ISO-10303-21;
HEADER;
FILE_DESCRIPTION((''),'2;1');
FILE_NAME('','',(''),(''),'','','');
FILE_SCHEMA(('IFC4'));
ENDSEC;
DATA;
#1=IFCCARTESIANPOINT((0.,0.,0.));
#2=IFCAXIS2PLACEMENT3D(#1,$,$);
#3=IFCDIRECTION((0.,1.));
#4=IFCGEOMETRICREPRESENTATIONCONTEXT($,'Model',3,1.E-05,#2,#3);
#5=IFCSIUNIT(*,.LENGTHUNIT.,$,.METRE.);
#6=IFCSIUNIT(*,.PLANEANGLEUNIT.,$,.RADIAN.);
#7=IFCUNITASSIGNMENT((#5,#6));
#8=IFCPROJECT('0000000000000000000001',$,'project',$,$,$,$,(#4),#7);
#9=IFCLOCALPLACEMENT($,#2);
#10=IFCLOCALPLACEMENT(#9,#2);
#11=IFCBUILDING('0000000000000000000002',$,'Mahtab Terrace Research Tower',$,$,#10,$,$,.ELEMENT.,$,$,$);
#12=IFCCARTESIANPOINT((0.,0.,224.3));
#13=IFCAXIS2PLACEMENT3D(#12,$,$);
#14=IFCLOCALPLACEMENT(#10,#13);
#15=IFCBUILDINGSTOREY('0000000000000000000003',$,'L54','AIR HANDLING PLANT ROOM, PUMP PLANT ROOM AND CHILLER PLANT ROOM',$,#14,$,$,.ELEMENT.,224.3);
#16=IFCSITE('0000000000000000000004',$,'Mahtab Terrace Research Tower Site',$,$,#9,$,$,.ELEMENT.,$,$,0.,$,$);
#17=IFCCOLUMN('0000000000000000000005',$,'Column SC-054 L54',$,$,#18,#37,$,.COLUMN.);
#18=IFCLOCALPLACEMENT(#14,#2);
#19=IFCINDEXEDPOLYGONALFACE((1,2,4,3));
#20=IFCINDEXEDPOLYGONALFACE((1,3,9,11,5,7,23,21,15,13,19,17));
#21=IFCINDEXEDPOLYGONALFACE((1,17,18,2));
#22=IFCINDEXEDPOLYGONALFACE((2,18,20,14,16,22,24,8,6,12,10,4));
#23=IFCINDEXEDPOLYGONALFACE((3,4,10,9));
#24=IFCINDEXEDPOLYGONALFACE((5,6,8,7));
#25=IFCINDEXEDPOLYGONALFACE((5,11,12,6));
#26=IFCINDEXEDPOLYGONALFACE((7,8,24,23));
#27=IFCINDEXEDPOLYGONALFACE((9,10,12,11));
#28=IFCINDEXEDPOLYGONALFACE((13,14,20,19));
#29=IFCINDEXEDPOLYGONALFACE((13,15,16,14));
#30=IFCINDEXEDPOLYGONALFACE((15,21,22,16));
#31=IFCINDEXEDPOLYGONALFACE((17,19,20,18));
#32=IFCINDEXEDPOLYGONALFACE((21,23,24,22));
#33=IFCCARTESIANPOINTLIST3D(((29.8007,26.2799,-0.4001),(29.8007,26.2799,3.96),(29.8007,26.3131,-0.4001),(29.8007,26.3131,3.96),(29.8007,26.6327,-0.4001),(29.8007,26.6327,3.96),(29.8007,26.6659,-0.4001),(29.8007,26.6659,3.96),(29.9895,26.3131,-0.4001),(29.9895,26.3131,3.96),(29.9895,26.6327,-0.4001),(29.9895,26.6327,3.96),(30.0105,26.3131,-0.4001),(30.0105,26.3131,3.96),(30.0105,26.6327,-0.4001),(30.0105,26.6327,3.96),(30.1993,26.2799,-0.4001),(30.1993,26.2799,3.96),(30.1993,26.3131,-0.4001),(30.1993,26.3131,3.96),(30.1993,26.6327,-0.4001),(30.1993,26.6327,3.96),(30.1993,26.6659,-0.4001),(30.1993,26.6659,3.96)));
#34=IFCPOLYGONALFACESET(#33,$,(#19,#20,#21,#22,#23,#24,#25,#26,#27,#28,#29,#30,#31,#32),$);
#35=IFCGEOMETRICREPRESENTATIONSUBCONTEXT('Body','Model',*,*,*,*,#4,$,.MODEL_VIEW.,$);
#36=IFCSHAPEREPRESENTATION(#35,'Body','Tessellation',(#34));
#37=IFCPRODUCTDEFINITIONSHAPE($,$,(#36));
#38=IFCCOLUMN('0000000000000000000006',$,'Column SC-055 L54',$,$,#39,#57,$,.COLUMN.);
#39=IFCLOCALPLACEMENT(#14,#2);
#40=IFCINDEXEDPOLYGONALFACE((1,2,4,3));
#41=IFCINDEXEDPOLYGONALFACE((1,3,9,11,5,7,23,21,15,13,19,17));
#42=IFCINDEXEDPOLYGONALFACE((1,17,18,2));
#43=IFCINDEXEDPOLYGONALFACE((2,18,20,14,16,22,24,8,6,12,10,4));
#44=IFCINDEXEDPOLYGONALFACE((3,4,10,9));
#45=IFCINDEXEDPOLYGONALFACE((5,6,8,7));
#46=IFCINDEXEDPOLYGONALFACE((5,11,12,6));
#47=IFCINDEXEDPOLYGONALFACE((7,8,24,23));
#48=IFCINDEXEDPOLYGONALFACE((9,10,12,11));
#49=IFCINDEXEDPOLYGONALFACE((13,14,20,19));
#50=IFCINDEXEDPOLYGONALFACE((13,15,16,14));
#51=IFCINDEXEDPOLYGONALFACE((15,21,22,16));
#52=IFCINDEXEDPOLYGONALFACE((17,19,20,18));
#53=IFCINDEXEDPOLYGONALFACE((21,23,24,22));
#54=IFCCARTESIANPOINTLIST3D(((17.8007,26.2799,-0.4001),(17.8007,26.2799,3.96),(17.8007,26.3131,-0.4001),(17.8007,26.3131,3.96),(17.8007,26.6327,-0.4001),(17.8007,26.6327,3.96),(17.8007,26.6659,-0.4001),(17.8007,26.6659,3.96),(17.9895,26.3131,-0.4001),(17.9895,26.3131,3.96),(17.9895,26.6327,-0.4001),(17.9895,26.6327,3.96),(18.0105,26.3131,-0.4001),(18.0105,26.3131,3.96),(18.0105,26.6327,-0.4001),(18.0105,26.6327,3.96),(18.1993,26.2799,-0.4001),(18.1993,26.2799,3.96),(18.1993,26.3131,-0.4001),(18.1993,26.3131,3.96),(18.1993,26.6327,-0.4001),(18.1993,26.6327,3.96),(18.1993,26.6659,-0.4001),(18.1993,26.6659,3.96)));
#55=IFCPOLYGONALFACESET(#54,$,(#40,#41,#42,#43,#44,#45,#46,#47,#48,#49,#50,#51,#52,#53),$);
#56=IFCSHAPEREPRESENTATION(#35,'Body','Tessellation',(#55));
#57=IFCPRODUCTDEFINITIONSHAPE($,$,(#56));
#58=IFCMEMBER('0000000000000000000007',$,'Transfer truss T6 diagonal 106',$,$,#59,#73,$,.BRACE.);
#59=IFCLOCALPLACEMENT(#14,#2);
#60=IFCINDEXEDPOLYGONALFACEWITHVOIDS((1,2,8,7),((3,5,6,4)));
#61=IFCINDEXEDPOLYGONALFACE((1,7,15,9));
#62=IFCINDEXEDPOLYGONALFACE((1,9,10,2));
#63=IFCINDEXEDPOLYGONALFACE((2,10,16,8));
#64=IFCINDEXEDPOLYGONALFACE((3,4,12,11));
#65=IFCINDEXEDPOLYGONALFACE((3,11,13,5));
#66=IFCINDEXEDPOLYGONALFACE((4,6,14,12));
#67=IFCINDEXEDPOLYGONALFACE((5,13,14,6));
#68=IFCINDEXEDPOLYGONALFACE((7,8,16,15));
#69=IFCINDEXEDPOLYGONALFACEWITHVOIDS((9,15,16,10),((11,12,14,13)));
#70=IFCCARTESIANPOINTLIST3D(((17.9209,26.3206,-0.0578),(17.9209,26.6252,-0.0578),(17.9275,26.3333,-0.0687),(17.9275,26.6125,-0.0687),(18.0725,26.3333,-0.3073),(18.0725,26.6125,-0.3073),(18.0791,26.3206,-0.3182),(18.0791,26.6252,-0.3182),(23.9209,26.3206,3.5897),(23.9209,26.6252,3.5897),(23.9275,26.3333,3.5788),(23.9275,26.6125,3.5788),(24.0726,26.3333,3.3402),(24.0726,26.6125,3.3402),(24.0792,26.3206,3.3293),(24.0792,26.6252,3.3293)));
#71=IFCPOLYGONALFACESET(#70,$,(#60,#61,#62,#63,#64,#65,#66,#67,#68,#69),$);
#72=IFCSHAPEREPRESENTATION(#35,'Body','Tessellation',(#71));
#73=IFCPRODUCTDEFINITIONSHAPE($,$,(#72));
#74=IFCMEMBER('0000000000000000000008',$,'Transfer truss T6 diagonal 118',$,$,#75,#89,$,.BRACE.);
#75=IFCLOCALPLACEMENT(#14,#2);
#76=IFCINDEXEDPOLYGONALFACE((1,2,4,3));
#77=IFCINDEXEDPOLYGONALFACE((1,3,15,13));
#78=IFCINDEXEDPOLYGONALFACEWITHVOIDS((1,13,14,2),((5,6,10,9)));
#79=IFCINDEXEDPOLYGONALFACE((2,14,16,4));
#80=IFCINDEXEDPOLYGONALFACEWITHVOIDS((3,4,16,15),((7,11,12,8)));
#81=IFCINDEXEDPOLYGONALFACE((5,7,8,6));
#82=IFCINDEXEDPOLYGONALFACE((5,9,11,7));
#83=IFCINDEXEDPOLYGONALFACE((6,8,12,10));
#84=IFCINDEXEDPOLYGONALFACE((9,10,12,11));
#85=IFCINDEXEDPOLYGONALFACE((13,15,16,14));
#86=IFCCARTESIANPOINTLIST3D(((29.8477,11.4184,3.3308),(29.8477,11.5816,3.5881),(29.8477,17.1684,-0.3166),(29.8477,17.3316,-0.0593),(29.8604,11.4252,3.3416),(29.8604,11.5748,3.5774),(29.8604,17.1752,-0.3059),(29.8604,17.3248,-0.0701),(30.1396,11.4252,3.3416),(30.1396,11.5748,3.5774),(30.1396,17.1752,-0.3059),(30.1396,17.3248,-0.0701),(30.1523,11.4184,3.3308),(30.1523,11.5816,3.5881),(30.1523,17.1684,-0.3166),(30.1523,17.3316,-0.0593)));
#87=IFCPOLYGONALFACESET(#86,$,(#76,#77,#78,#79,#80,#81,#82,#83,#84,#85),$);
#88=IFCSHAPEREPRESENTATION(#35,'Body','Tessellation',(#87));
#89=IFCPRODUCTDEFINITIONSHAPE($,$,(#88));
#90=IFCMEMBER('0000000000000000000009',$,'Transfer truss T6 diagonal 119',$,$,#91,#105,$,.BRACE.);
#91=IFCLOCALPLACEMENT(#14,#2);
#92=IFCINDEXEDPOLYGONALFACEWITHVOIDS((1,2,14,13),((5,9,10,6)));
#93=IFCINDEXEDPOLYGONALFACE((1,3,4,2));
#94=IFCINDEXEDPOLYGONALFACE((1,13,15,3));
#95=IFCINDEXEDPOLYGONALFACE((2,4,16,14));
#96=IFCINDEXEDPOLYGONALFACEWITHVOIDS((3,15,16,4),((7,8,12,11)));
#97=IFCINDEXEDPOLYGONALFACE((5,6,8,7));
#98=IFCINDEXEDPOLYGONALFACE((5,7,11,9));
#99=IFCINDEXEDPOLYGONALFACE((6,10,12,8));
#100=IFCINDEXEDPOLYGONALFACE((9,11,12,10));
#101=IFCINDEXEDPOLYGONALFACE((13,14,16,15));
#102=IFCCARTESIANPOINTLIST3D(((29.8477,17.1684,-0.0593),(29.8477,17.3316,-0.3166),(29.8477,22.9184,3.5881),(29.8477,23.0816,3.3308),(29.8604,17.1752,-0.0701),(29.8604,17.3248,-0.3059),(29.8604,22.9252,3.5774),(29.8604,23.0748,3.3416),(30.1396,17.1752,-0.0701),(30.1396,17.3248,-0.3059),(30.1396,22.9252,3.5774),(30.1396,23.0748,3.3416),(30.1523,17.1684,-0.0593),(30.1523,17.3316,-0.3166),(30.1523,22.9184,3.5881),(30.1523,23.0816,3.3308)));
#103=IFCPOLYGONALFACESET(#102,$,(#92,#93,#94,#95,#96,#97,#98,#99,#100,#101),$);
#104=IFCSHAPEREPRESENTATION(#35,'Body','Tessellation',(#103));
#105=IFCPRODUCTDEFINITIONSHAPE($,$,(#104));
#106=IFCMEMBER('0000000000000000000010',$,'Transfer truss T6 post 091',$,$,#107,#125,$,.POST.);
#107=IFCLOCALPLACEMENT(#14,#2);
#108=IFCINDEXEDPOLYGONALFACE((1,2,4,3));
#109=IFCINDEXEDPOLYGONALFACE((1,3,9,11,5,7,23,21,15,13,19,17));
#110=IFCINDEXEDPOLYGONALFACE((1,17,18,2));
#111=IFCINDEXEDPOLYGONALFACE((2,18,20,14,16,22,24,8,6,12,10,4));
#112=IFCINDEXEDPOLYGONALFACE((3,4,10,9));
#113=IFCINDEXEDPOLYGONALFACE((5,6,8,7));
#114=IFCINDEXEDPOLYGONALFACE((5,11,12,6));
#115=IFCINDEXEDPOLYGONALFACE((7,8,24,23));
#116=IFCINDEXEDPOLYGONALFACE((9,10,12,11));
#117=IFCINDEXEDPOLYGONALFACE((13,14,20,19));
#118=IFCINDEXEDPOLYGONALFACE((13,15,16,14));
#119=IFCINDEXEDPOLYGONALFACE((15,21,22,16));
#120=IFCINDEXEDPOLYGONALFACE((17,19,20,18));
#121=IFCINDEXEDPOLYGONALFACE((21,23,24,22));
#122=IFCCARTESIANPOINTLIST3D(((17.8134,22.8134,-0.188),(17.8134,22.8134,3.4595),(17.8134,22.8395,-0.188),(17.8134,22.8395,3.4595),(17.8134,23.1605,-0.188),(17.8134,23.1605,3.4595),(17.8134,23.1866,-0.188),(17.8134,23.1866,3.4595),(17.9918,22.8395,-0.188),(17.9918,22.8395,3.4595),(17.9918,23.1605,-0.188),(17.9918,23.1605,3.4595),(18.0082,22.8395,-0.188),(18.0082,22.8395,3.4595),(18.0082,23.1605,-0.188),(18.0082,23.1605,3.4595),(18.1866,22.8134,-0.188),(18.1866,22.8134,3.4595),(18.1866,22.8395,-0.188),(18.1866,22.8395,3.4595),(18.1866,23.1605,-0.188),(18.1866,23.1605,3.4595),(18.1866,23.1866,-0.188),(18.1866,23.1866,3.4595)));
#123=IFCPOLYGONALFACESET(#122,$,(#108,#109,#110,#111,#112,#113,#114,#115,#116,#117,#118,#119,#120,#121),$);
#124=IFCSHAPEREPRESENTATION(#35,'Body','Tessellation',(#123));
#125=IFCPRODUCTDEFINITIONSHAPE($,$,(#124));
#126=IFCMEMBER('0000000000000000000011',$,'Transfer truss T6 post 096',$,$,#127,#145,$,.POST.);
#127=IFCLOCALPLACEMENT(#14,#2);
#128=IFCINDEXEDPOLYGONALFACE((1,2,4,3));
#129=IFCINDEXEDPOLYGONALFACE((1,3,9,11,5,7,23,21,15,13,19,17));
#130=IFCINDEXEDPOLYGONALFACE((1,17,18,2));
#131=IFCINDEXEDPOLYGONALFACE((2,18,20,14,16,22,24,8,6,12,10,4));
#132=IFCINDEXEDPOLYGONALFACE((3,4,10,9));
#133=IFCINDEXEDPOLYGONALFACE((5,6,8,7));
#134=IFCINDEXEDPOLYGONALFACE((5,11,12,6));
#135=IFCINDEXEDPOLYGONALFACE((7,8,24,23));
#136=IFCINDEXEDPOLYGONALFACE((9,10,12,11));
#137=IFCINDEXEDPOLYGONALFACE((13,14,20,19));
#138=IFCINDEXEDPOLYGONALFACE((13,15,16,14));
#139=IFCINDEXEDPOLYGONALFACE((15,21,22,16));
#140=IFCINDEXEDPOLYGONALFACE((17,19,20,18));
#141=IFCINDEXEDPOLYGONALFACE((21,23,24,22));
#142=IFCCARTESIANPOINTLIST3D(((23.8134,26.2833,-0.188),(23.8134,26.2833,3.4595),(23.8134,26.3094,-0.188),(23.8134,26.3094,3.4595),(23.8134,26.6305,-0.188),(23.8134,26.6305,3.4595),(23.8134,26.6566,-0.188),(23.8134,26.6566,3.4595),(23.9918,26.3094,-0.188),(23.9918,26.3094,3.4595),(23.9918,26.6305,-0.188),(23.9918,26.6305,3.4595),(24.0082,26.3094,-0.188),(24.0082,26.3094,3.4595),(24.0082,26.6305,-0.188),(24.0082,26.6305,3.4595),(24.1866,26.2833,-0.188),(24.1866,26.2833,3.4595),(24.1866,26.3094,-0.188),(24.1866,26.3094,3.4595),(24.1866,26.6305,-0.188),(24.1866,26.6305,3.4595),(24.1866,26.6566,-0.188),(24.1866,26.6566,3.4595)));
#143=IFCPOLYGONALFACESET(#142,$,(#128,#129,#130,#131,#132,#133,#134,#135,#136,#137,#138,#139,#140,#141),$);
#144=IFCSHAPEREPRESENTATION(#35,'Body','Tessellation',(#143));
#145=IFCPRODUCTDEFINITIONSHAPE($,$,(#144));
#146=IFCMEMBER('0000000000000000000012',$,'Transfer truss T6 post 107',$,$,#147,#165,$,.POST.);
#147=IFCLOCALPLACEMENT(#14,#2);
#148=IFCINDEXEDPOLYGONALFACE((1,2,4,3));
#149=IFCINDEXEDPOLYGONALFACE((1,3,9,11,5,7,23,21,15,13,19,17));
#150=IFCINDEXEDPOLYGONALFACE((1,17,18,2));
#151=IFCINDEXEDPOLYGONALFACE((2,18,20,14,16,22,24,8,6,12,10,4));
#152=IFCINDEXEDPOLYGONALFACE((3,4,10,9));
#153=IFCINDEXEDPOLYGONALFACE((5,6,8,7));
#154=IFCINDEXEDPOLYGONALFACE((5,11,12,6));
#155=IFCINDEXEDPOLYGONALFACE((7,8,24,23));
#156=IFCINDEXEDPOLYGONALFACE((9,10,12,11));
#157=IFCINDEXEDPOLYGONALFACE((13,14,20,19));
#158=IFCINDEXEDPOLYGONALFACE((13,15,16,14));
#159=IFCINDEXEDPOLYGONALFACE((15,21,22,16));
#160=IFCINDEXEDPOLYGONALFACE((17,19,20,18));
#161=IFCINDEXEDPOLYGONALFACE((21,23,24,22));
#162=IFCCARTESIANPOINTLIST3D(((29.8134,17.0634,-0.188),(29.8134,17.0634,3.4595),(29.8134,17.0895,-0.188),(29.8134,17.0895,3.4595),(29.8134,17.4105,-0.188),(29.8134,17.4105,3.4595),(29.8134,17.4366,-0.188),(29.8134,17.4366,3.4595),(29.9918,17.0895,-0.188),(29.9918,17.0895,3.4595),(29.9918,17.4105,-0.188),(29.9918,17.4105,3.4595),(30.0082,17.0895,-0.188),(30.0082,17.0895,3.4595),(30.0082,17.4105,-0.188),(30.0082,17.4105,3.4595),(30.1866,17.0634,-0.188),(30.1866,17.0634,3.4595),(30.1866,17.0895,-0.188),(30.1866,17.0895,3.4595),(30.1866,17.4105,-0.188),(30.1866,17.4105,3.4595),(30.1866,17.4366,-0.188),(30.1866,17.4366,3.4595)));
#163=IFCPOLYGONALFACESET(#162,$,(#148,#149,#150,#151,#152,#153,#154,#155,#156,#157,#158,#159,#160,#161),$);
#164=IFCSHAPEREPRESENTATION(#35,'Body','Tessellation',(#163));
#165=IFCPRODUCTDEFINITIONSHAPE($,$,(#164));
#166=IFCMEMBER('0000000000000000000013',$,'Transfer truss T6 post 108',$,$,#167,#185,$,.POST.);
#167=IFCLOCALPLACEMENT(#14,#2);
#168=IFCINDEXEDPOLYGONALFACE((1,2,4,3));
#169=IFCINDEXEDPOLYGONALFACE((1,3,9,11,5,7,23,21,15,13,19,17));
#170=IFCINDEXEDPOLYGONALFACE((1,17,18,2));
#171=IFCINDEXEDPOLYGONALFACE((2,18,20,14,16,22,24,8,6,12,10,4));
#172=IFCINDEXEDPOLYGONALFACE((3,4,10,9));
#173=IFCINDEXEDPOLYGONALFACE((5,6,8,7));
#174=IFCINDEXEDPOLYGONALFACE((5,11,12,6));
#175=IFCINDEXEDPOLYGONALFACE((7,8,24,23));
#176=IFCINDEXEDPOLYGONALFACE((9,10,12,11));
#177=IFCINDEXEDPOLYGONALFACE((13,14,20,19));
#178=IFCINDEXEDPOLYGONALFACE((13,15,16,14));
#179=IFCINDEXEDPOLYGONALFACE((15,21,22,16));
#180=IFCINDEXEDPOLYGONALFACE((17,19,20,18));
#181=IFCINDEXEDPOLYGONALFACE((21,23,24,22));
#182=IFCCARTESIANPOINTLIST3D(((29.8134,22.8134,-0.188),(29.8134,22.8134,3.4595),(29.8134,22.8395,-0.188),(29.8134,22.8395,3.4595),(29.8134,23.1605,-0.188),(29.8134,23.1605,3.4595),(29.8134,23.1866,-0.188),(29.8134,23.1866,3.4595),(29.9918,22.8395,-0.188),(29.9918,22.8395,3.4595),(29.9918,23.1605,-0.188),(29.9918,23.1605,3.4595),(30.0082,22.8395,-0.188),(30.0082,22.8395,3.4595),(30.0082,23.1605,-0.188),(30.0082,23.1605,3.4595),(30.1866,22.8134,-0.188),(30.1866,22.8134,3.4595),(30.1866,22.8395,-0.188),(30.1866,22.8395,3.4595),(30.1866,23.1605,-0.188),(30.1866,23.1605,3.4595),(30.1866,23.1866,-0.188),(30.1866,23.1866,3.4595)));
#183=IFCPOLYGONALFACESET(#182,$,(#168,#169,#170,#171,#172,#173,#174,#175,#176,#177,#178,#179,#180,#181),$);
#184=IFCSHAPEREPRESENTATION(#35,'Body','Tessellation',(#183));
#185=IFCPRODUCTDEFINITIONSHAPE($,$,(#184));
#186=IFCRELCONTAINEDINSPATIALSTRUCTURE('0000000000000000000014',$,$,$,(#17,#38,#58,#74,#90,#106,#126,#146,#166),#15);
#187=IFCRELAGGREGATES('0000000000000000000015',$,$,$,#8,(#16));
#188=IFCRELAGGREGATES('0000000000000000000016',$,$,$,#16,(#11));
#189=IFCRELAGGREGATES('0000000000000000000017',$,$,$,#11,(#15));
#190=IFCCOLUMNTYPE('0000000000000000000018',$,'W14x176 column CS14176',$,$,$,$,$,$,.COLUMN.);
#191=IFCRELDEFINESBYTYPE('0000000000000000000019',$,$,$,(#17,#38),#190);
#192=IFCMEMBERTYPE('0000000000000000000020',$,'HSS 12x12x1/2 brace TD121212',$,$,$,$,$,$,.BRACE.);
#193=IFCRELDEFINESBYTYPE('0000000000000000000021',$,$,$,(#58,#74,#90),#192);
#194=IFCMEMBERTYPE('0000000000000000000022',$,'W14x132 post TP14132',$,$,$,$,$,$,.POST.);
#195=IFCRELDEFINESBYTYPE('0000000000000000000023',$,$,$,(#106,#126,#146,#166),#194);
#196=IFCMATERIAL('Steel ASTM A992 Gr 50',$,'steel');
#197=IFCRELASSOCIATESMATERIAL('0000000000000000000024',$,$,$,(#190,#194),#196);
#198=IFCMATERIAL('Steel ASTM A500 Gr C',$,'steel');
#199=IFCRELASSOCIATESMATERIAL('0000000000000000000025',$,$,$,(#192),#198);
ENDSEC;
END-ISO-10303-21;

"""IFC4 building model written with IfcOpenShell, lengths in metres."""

from ifc_helpers import new_model, si_unit, direction, frame, origin, origin_2d, place, context, subcontext, project, spatial, hollow_rectangle, i_section, extrude, material, material_profile, profile_set, type_object, element, save


model = new_model("IFC4")

# Units and contexts
model_context = context("Model", 3, precision=1e-05, world=origin(), true_north=direction((0.0, 1.0)))
body_context = subcontext(model_context, "Body", "Model", "MODEL_VIEW")
ifc_project = project(units=[si_unit("LENGTHUNIT", "METRE"), si_unit("PLANEANGLEUNIT", "RADIAN")], contexts=[model_context])

# Site, building, storey
site_placement = place(None, origin())
site = spatial("IfcSite", under=ifc_project, at=site_placement, Name="Mahtab Terrace Research Tower Site", CompositionType="ELEMENT", RefElevation=0.0)
building_placement = place(site_placement, origin())
building = spatial("IfcBuilding", under=site, at=building_placement, Name="Mahtab Terrace Research Tower", CompositionType="ELEMENT")
storey_placement = place(building_placement, frame((0.0, 0.0, 224.3)))
storey = spatial("IfcBuildingStorey", under=building, at=storey_placement, Name="L54", Description="AIR HANDLING PLANT ROOM, PUMP PLANT ROOM AND CHILLER PLANT ROOM", CompositionType="ELEMENT", Elevation=224.3)

# Columns
ifc_material_1 = material(Name="Steel ASTM A992 Gr 50", Category="steel")
ifc_material_profile_1 = material_profile(ifc_material_1, i_section(OverallWidth=0.3987, OverallDepth=0.386, WebThickness=0.021, FlangeThickness=0.0332, at=origin_2d()), Name="W14X176")
ifc_profile_set_1 = profile_set([ifc_material_profile_1], Name="Steel ASTM A992 Gr 50")
column_type = type_object("IfcColumnType", Name="W14x176 column CS14176", PredefinedType="COLUMN", material=ifc_profile_set_1)
for number, where, z_axis, x_axis, name in (
    (1, (30.0, 26.4729, -0.4001), (0.0, 0.0, 1.0), (1.0, 0.0, 0.0), "Column SC-054 L54"),
    (2, (18.0, 26.4729, -0.4001), (0.0, 0.0, 1.0), (1.0, 0.0, 0.0), "Column SC-055 L54"),
):
    element("IfcColumn", number, at=place(storey_placement, frame(where, z_axis=z_axis, x_axis=x_axis)), inside=storey, type_object=column_type, Name=name, PredefinedType="COLUMN", context=body_context, shape_type="SweptSolid", body=[
        extrude(i_section(OverallWidth=0.3987, OverallDepth=0.386, WebThickness=0.021, FlangeThickness=0.0332, at=origin_2d()), origin(), (0.0, 0.0, 1.0), 4.3601),
    ])

# Members
ifc_material_2 = material(Name="Steel ASTM A500 Gr C", Category="steel")
ifc_material_profile_2 = material_profile(ifc_material_2, hollow_rectangle(XDim=0.3047, YDim=0.3047, WallThickness=0.0127, at=origin_2d()), Name="HSS12X12X1/2")
ifc_profile_set_2 = profile_set([ifc_material_profile_2], Name="Steel ASTM A500 Gr C")
member_type_1 = type_object("IfcMemberType", Name="HSS 12x12x1/2 brace TD121212", PredefinedType="BRACE", material=ifc_profile_set_2)
member_1_placement = place(storey_placement, frame((18.0, 26.4729, -0.188), z_axis=(0.854497, 0.0, 0.519457), x_axis=(0.0, 1.0, 0.0)))
element("IfcMember", 3, at=member_1_placement, inside=storey, type_object=member_type_1, Name="Transfer truss T6 diagonal 106", PredefinedType="BRACE", context=body_context, shape_type="SweptSolid", body=[
    extrude(hollow_rectangle(XDim=0.3047, YDim=0.3047, WallThickness=0.0127, at=origin_2d()), origin(), (0.0, 0.0, 1.0), 7.0217),
])
for number, where, z_axis, x_axis, name in (
    (4, (30.0, 17.25, -0.188), (0.0, -0.844434, 0.535659), (1.0, 0.0, 0.0), "Transfer truss T6 diagonal 118"),
    (5, (30.0, 17.25, -0.188), (0.0, 0.844434, 0.535659), (-1.0, 0.0, 0.0), "Transfer truss T6 diagonal 119"),
):
    element("IfcMember", number, at=place(storey_placement, frame(where, z_axis=z_axis, x_axis=x_axis)), inside=storey, type_object=member_type_1, Name=name, PredefinedType="BRACE", context=body_context, shape_type="SweptSolid", body=[
        extrude(hollow_rectangle(XDim=0.3047, YDim=0.3047, WallThickness=0.0127, at=origin_2d()), origin(), (0.0, 0.0, 1.0), 6.8093),
    ])
ifc_material_profile_3 = material_profile(ifc_material_1, i_section(OverallWidth=0.3733, OverallDepth=0.3733, WebThickness=0.0164, FlangeThickness=0.0261, at=origin_2d()), Name="W14X132")
ifc_profile_set_3 = profile_set([ifc_material_profile_3], Name="Steel ASTM A992 Gr 50")
member_type_2 = type_object("IfcMemberType", Name="W14x132 post TP14132", PredefinedType="POST", material=ifc_profile_set_3)
for number, where, z_axis, x_axis, name in (
    (6, (18.0, 23.0, -0.188), (0.0, 0.0, 1.0), (1.0, 0.0, 0.0), "Transfer truss T6 post 091"),
    (7, (24.0, 26.47, -0.188), (0.0, 0.0, 1.0), (1.0, 0.0, 0.0), "Transfer truss T6 post 096"),
    (8, (30.0, 17.25, -0.188), (0.0, 0.0, 1.0), (1.0, 0.0, 0.0), "Transfer truss T6 post 107"),
    (9, (30.0, 23.0, -0.188), (0.0, 0.0, 1.0), (1.0, 0.0, 0.0), "Transfer truss T6 post 108"),
):
    element("IfcMember", number, at=place(storey_placement, frame(where, z_axis=z_axis, x_axis=x_axis)), inside=storey, type_object=member_type_2, Name=name, PredefinedType="POST", context=body_context, shape_type="SweptSolid", body=[
        extrude(i_section(OverallWidth=0.3733, OverallDepth=0.3733, WebThickness=0.0164, FlangeThickness=0.0261, at=origin_2d()), origin(), (0.0, 0.0, 1.0), 3.6475),
    ])

save(model, "model.ifc")
